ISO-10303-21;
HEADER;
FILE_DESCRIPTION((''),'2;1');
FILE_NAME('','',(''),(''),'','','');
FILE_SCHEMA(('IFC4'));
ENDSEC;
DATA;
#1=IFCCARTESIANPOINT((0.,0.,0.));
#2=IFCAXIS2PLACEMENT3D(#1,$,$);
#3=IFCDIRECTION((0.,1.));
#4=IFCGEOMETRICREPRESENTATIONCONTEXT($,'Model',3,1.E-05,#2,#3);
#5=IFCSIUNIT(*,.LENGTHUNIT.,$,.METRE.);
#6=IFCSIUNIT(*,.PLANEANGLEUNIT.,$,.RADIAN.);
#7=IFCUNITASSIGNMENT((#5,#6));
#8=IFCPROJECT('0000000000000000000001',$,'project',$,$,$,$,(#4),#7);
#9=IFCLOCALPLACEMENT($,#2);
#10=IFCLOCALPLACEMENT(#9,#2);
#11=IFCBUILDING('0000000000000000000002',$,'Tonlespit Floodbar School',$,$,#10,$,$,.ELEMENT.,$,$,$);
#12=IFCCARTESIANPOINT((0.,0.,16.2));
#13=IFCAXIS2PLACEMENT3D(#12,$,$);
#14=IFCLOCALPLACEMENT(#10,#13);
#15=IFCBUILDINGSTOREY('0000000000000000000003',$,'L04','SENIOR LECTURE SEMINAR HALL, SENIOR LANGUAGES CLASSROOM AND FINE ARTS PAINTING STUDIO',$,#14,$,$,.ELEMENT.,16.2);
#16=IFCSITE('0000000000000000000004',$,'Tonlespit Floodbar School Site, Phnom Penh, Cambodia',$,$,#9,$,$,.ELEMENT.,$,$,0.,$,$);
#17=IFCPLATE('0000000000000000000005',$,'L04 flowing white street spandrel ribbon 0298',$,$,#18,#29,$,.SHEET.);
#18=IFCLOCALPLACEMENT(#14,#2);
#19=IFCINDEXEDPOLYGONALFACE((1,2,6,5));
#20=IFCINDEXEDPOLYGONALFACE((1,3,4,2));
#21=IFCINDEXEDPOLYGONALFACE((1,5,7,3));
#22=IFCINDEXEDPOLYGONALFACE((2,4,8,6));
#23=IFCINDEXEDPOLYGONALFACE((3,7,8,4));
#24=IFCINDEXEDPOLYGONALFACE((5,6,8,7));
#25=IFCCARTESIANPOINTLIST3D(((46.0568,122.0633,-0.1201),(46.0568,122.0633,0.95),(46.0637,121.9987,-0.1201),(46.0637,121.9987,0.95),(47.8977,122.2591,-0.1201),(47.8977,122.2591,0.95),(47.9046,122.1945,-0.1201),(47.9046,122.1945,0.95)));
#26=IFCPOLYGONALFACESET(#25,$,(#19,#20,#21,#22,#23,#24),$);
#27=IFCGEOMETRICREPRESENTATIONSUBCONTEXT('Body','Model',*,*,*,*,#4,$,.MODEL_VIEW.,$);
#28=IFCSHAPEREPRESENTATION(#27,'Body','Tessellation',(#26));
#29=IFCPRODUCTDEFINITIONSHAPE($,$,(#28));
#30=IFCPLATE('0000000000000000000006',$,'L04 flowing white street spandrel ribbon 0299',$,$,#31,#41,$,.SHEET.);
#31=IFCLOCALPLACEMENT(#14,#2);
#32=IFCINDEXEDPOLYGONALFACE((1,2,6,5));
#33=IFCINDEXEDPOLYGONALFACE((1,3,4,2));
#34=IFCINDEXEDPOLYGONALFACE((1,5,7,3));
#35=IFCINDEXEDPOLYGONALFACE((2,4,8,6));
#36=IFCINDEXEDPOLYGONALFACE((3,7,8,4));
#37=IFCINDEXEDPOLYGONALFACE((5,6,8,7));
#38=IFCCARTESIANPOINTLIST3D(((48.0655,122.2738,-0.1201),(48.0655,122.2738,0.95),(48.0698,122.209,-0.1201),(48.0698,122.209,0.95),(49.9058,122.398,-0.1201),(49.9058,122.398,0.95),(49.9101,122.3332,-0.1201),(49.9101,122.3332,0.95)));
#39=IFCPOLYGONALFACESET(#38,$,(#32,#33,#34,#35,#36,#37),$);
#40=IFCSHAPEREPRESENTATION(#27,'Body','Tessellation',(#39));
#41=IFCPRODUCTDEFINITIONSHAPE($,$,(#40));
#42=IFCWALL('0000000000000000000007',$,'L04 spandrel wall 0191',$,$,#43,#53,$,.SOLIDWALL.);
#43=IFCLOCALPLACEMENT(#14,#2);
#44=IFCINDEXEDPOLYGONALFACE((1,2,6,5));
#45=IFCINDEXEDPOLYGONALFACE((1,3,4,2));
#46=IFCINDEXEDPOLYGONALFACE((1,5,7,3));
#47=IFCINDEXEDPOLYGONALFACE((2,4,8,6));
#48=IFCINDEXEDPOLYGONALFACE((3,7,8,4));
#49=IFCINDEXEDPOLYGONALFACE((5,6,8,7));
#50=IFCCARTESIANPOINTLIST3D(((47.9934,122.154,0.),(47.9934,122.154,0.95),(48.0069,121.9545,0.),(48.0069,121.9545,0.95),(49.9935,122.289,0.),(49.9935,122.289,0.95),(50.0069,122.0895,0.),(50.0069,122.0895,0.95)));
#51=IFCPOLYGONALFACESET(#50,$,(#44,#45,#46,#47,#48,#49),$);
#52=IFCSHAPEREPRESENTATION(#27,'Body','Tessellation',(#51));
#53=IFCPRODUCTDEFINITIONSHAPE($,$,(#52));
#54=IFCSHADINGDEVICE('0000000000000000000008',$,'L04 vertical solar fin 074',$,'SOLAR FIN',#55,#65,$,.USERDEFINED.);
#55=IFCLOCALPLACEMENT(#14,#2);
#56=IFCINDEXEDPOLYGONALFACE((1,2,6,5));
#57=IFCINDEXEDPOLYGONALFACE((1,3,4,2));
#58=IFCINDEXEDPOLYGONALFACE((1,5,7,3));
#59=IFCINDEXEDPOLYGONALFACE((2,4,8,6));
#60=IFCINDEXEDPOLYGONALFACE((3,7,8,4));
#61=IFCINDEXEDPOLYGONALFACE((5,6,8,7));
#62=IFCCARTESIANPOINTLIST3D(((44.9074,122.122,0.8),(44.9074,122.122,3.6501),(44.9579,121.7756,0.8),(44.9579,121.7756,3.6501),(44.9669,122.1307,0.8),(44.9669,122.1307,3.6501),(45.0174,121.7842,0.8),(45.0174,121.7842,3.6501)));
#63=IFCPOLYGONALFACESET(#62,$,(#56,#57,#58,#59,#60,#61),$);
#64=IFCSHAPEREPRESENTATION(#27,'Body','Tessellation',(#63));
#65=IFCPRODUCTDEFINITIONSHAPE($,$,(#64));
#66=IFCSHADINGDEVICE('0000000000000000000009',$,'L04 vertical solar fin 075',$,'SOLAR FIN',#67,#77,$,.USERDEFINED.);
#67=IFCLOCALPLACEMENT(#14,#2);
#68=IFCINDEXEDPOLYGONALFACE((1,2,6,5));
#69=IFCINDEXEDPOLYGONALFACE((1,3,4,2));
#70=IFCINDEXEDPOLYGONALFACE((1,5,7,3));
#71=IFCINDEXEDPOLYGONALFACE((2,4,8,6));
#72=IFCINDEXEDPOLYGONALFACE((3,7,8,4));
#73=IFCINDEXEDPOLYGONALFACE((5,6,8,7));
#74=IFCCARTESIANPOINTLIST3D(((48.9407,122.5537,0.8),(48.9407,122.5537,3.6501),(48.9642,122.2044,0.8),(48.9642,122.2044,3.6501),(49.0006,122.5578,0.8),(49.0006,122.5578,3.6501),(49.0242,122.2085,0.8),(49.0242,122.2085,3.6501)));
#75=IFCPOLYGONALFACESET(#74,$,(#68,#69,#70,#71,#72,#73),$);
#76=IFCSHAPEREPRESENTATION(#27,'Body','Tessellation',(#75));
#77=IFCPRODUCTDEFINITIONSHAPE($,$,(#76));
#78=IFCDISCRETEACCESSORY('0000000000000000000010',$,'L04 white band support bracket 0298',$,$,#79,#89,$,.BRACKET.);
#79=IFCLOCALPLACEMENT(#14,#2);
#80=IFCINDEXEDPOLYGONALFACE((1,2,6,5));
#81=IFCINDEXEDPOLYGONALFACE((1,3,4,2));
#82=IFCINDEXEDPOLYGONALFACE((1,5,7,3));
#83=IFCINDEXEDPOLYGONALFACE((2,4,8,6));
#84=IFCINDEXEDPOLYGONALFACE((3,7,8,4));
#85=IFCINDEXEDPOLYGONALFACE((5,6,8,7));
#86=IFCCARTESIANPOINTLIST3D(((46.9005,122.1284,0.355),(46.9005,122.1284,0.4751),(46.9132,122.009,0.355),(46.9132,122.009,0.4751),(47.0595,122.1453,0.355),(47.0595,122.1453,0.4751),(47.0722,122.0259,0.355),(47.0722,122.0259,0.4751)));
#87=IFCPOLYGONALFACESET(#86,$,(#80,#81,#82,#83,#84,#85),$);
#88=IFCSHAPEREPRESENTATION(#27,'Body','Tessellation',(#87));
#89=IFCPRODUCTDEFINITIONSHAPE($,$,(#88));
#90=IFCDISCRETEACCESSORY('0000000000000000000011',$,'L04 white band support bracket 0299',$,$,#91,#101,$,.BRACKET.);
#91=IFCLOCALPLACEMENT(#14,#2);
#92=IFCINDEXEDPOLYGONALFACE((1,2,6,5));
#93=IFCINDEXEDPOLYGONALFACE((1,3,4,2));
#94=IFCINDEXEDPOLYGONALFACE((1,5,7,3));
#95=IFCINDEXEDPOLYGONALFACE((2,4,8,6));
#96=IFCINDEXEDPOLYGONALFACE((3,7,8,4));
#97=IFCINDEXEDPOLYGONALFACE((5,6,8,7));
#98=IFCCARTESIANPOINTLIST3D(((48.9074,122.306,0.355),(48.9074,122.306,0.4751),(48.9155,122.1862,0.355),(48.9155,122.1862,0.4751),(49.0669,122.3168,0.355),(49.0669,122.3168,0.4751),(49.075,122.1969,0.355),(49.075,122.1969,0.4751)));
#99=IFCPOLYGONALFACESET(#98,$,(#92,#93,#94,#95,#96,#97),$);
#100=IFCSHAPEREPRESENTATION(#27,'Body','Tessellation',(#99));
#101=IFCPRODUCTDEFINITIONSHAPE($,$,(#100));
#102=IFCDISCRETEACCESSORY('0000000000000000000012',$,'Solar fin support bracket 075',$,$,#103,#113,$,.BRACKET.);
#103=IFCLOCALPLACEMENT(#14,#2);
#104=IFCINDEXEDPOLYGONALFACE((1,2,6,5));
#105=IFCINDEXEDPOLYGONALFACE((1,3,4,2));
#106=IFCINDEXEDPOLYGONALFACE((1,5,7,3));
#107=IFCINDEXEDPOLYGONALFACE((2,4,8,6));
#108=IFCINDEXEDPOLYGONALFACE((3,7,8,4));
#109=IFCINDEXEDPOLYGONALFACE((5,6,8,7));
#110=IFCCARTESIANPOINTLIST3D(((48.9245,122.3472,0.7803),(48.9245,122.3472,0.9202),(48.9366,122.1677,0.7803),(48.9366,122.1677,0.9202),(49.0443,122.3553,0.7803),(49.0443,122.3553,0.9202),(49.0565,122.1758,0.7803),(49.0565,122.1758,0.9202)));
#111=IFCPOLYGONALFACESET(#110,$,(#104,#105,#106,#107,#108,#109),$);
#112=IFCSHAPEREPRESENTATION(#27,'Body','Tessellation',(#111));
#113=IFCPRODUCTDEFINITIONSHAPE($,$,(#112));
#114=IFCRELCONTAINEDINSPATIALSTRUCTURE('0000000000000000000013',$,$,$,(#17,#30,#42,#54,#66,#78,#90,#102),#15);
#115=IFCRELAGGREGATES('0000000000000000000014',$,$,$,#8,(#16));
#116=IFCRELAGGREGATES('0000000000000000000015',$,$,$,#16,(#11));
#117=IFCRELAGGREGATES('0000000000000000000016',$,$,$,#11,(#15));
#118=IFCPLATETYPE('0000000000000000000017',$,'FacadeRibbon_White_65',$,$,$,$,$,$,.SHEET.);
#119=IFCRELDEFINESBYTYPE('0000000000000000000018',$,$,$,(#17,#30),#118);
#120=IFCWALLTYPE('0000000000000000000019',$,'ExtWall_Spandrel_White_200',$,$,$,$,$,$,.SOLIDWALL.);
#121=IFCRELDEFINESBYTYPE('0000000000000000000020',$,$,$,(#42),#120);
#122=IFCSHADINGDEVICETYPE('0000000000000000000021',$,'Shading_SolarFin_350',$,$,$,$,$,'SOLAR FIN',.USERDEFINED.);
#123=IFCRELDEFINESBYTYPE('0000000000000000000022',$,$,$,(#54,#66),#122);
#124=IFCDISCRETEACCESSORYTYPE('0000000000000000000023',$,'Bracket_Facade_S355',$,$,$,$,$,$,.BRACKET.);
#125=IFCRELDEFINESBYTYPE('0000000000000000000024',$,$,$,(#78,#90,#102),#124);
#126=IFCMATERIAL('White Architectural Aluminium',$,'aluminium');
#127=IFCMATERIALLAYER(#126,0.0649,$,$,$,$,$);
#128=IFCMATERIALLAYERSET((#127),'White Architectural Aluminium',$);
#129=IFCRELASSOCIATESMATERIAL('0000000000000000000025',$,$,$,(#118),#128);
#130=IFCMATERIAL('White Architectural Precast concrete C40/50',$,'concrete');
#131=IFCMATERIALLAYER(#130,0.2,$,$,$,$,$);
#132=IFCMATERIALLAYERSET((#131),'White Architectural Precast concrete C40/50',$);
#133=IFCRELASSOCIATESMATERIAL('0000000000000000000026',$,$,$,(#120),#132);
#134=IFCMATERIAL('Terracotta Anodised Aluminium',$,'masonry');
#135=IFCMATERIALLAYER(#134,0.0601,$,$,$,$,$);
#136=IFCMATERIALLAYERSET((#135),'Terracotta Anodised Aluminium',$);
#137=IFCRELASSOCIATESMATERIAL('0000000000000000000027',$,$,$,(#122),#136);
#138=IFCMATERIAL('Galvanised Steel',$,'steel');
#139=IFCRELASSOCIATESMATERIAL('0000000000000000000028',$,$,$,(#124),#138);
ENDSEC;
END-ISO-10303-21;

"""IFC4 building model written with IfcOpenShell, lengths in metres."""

from ifc_helpers import new_model, si_unit, direction, frame, frame_2d, origin, origin_2d, place, context, subcontext, project, spatial, rectangle, extrude, material, layer, layer_set, type_object, element, save


model = new_model("IFC4")

# Units and contexts
model_context = context("Model", 3, precision=1e-05, world=origin(), true_north=direction((0.0, 1.0)))
body_context = subcontext(model_context, "Body", "Model", "MODEL_VIEW")
ifc_project = project(units=[si_unit("LENGTHUNIT", "METRE"), si_unit("PLANEANGLEUNIT", "RADIAN")], contexts=[model_context])

# Site, building, storey
site_placement = place(None, origin())
site = spatial("IfcSite", under=ifc_project, at=site_placement, Name="Tonlespit Floodbar School Site, Phnom Penh, Cambodia", CompositionType="ELEMENT", RefElevation=0.0)
building_placement = place(site_placement, origin())
building = spatial("IfcBuilding", under=site, at=building_placement, Name="Tonlespit Floodbar School", CompositionType="ELEMENT")
storey_placement = place(building_placement, frame((0.0, 0.0, 16.2)))
storey = spatial("IfcBuildingStorey", under=building, at=storey_placement, Name="L04", Description="SENIOR LECTURE SEMINAR HALL, SENIOR LANGUAGES CLASSROOM AND FINE ARTS PAINTING STUDIO", CompositionType="ELEMENT", Elevation=16.2)

# Plates
ifc_material_1 = material(Name="White Architectural Aluminium", Category="aluminium")
ifc_layer_1 = layer(ifc_material_1, 0.0649)
ifc_layer_set_1 = layer_set([ifc_layer_1], Name="White Architectural Aluminium")
plate_type_1 = type_object("IfcPlateType", Name="FacadeRibbon_White_65", PredefinedType="SHEET", material=ifc_layer_set_1)
plate_1_placement = place(storey_placement, frame((46.9807, 122.1289, -0.1201), z_axis=(0.0, 0.0, 1.0), x_axis=(0.994392, 0.105754, 0.0)))
element("IfcPlate", 1, at=plate_1_placement, inside=storey, type_object=plate_type_1, Name="L04 flowing white street spandrel ribbon 0298", PredefinedType="SHEET", context=body_context, shape_type="SweptSolid", body=[
    extrude(rectangle(XDim=1.8513, YDim=0.0649, at=origin_2d()), origin(), (0.0, 0.0, 1.0), 1.0701),
])
plate_2_placement = place(storey_placement, frame((48.9878, 122.3035, -0.1201), z_axis=(0.0, 0.0, 1.0), x_axis=(0.99773, 0.067347, 0.0)))
element("IfcPlate", 2, at=plate_2_placement, inside=storey, type_object=plate_type_1, Name="L04 flowing white street spandrel ribbon 0299", PredefinedType="SHEET", context=body_context, shape_type="SweptSolid", body=[
    extrude(rectangle(XDim=1.8445, YDim=0.0649, at=origin_2d()), origin(), (0.0, 0.0, 1.0), 1.0701),
])

# Wall
ifc_material_2 = material(Name="White Architectural Precast concrete C40/50", Category="concrete")
ifc_layer_2 = layer(ifc_material_2, 0.2)
ifc_layer_set_2 = layer_set([ifc_layer_2], Name="White Architectural Precast concrete C40/50")
wall_type = type_object("IfcWallType", Name="ExtWall_Spandrel_White_200", PredefinedType="SOLIDWALL", material=ifc_layer_set_2)
wall_placement = place(storey_placement, frame((48.0, 122.0542, 0.0), z_axis=(0.0, 0.0, 1.0), x_axis=(0.997729, 0.067352, 0.0)))
element("IfcWall", 3, at=wall_placement, inside=storey, type_object=wall_type, Name="L04 spandrel wall 0191", PredefinedType="SOLIDWALL", context=body_context, shape_type="SweptSolid", body=[
    extrude(rectangle(XDim=2.0046, YDim=0.2, at=frame_2d((1.0024, 0.0))), origin(), (0.0, 0.0, 1.0), 0.95),
])

# Shading devices
ifc_material_3 = material(Name="Terracotta Anodised Aluminium", Category="masonry")
ifc_layer_3 = layer(ifc_material_3, 0.0601)
ifc_layer_set_3 = layer_set([ifc_layer_3], Name="Terracotta Anodised Aluminium")
shading_device_type = type_object("IfcShadingDeviceType", Name="Shading_SolarFin_350", ElementType="SOLAR FIN", PredefinedType="USERDEFINED", material=ifc_layer_set_3)
for number, where, z_axis, x_axis, name in (
    (4, (44.9624, 121.9531, 0.8), (0.0, 0.0, 1.0), (0.989538, 0.144275, 0.0), "L04 vertical solar fin 074"),
    (5, (48.9824, 122.3811, 0.8), (0.0, 0.0, 1.0), (0.99773, 0.067347, 0.0), "L04 vertical solar fin 075"),
):
    element("IfcShadingDevice", number, at=place(storey_placement, frame(where, z_axis=z_axis, x_axis=x_axis)), inside=storey, type_object=shading_device_type, Name=name, ObjectType="SOLAR FIN", PredefinedType="USERDEFINED", context=body_context, shape_type="SweptSolid", body=[
        extrude(rectangle(XDim=0.0601, YDim=0.3501, at=origin_2d()), origin(), (0.0, 0.0, 1.0), 2.8501),
    ])

# Discrete accessories
ifc_material_4 = material(Name="Galvanised Steel", Category="steel")
discrete_accessory_type = type_object("IfcDiscreteAccessoryType", Name="Bracket_Facade_S355", PredefinedType="BRACKET", material=ifc_material_4)
for number, where, z_axis, x_axis, name in (
    (6, (46.9863, 122.0771, 0.355), (0.0, 0.0, 1.0), (0.994392, 0.105754, 0.0), "L04 white band support bracket 0298"),
    (7, (48.9912, 122.2515, 0.355), (0.0, 0.0, 1.0), (0.99773, 0.067347, 0.0), "L04 white band support bracket 0299"),
):
    element("IfcDiscreteAccessory", number, at=place(storey_placement, frame(where, z_axis=z_axis, x_axis=x_axis)), inside=storey, type_object=discrete_accessory_type, Name=name, PredefinedType="BRACKET", context=body_context, shape_type="SweptSolid", body=[
        extrude(rectangle(XDim=0.1599, YDim=0.1201, at=origin_2d()), origin(), (0.0, 0.0, 1.0), 0.1201),
    ])
discrete_accessory_placement = place(storey_placement, frame((48.9905, 122.2615, 0.7803), z_axis=(0.0, 0.0, 1.0), x_axis=(0.99773, 0.067347, 0.0)))
element("IfcDiscreteAccessory", 8, at=discrete_accessory_placement, inside=storey, type_object=discrete_accessory_type, Name="Solar fin support bracket 075", PredefinedType="BRACKET", context=body_context, shape_type="SweptSolid", body=[
    extrude(rectangle(XDim=0.1201, YDim=0.1799, at=origin_2d()), origin(), (0.0, 0.0, 1.0), 0.1399),
])

save(model, "model.ifc")
